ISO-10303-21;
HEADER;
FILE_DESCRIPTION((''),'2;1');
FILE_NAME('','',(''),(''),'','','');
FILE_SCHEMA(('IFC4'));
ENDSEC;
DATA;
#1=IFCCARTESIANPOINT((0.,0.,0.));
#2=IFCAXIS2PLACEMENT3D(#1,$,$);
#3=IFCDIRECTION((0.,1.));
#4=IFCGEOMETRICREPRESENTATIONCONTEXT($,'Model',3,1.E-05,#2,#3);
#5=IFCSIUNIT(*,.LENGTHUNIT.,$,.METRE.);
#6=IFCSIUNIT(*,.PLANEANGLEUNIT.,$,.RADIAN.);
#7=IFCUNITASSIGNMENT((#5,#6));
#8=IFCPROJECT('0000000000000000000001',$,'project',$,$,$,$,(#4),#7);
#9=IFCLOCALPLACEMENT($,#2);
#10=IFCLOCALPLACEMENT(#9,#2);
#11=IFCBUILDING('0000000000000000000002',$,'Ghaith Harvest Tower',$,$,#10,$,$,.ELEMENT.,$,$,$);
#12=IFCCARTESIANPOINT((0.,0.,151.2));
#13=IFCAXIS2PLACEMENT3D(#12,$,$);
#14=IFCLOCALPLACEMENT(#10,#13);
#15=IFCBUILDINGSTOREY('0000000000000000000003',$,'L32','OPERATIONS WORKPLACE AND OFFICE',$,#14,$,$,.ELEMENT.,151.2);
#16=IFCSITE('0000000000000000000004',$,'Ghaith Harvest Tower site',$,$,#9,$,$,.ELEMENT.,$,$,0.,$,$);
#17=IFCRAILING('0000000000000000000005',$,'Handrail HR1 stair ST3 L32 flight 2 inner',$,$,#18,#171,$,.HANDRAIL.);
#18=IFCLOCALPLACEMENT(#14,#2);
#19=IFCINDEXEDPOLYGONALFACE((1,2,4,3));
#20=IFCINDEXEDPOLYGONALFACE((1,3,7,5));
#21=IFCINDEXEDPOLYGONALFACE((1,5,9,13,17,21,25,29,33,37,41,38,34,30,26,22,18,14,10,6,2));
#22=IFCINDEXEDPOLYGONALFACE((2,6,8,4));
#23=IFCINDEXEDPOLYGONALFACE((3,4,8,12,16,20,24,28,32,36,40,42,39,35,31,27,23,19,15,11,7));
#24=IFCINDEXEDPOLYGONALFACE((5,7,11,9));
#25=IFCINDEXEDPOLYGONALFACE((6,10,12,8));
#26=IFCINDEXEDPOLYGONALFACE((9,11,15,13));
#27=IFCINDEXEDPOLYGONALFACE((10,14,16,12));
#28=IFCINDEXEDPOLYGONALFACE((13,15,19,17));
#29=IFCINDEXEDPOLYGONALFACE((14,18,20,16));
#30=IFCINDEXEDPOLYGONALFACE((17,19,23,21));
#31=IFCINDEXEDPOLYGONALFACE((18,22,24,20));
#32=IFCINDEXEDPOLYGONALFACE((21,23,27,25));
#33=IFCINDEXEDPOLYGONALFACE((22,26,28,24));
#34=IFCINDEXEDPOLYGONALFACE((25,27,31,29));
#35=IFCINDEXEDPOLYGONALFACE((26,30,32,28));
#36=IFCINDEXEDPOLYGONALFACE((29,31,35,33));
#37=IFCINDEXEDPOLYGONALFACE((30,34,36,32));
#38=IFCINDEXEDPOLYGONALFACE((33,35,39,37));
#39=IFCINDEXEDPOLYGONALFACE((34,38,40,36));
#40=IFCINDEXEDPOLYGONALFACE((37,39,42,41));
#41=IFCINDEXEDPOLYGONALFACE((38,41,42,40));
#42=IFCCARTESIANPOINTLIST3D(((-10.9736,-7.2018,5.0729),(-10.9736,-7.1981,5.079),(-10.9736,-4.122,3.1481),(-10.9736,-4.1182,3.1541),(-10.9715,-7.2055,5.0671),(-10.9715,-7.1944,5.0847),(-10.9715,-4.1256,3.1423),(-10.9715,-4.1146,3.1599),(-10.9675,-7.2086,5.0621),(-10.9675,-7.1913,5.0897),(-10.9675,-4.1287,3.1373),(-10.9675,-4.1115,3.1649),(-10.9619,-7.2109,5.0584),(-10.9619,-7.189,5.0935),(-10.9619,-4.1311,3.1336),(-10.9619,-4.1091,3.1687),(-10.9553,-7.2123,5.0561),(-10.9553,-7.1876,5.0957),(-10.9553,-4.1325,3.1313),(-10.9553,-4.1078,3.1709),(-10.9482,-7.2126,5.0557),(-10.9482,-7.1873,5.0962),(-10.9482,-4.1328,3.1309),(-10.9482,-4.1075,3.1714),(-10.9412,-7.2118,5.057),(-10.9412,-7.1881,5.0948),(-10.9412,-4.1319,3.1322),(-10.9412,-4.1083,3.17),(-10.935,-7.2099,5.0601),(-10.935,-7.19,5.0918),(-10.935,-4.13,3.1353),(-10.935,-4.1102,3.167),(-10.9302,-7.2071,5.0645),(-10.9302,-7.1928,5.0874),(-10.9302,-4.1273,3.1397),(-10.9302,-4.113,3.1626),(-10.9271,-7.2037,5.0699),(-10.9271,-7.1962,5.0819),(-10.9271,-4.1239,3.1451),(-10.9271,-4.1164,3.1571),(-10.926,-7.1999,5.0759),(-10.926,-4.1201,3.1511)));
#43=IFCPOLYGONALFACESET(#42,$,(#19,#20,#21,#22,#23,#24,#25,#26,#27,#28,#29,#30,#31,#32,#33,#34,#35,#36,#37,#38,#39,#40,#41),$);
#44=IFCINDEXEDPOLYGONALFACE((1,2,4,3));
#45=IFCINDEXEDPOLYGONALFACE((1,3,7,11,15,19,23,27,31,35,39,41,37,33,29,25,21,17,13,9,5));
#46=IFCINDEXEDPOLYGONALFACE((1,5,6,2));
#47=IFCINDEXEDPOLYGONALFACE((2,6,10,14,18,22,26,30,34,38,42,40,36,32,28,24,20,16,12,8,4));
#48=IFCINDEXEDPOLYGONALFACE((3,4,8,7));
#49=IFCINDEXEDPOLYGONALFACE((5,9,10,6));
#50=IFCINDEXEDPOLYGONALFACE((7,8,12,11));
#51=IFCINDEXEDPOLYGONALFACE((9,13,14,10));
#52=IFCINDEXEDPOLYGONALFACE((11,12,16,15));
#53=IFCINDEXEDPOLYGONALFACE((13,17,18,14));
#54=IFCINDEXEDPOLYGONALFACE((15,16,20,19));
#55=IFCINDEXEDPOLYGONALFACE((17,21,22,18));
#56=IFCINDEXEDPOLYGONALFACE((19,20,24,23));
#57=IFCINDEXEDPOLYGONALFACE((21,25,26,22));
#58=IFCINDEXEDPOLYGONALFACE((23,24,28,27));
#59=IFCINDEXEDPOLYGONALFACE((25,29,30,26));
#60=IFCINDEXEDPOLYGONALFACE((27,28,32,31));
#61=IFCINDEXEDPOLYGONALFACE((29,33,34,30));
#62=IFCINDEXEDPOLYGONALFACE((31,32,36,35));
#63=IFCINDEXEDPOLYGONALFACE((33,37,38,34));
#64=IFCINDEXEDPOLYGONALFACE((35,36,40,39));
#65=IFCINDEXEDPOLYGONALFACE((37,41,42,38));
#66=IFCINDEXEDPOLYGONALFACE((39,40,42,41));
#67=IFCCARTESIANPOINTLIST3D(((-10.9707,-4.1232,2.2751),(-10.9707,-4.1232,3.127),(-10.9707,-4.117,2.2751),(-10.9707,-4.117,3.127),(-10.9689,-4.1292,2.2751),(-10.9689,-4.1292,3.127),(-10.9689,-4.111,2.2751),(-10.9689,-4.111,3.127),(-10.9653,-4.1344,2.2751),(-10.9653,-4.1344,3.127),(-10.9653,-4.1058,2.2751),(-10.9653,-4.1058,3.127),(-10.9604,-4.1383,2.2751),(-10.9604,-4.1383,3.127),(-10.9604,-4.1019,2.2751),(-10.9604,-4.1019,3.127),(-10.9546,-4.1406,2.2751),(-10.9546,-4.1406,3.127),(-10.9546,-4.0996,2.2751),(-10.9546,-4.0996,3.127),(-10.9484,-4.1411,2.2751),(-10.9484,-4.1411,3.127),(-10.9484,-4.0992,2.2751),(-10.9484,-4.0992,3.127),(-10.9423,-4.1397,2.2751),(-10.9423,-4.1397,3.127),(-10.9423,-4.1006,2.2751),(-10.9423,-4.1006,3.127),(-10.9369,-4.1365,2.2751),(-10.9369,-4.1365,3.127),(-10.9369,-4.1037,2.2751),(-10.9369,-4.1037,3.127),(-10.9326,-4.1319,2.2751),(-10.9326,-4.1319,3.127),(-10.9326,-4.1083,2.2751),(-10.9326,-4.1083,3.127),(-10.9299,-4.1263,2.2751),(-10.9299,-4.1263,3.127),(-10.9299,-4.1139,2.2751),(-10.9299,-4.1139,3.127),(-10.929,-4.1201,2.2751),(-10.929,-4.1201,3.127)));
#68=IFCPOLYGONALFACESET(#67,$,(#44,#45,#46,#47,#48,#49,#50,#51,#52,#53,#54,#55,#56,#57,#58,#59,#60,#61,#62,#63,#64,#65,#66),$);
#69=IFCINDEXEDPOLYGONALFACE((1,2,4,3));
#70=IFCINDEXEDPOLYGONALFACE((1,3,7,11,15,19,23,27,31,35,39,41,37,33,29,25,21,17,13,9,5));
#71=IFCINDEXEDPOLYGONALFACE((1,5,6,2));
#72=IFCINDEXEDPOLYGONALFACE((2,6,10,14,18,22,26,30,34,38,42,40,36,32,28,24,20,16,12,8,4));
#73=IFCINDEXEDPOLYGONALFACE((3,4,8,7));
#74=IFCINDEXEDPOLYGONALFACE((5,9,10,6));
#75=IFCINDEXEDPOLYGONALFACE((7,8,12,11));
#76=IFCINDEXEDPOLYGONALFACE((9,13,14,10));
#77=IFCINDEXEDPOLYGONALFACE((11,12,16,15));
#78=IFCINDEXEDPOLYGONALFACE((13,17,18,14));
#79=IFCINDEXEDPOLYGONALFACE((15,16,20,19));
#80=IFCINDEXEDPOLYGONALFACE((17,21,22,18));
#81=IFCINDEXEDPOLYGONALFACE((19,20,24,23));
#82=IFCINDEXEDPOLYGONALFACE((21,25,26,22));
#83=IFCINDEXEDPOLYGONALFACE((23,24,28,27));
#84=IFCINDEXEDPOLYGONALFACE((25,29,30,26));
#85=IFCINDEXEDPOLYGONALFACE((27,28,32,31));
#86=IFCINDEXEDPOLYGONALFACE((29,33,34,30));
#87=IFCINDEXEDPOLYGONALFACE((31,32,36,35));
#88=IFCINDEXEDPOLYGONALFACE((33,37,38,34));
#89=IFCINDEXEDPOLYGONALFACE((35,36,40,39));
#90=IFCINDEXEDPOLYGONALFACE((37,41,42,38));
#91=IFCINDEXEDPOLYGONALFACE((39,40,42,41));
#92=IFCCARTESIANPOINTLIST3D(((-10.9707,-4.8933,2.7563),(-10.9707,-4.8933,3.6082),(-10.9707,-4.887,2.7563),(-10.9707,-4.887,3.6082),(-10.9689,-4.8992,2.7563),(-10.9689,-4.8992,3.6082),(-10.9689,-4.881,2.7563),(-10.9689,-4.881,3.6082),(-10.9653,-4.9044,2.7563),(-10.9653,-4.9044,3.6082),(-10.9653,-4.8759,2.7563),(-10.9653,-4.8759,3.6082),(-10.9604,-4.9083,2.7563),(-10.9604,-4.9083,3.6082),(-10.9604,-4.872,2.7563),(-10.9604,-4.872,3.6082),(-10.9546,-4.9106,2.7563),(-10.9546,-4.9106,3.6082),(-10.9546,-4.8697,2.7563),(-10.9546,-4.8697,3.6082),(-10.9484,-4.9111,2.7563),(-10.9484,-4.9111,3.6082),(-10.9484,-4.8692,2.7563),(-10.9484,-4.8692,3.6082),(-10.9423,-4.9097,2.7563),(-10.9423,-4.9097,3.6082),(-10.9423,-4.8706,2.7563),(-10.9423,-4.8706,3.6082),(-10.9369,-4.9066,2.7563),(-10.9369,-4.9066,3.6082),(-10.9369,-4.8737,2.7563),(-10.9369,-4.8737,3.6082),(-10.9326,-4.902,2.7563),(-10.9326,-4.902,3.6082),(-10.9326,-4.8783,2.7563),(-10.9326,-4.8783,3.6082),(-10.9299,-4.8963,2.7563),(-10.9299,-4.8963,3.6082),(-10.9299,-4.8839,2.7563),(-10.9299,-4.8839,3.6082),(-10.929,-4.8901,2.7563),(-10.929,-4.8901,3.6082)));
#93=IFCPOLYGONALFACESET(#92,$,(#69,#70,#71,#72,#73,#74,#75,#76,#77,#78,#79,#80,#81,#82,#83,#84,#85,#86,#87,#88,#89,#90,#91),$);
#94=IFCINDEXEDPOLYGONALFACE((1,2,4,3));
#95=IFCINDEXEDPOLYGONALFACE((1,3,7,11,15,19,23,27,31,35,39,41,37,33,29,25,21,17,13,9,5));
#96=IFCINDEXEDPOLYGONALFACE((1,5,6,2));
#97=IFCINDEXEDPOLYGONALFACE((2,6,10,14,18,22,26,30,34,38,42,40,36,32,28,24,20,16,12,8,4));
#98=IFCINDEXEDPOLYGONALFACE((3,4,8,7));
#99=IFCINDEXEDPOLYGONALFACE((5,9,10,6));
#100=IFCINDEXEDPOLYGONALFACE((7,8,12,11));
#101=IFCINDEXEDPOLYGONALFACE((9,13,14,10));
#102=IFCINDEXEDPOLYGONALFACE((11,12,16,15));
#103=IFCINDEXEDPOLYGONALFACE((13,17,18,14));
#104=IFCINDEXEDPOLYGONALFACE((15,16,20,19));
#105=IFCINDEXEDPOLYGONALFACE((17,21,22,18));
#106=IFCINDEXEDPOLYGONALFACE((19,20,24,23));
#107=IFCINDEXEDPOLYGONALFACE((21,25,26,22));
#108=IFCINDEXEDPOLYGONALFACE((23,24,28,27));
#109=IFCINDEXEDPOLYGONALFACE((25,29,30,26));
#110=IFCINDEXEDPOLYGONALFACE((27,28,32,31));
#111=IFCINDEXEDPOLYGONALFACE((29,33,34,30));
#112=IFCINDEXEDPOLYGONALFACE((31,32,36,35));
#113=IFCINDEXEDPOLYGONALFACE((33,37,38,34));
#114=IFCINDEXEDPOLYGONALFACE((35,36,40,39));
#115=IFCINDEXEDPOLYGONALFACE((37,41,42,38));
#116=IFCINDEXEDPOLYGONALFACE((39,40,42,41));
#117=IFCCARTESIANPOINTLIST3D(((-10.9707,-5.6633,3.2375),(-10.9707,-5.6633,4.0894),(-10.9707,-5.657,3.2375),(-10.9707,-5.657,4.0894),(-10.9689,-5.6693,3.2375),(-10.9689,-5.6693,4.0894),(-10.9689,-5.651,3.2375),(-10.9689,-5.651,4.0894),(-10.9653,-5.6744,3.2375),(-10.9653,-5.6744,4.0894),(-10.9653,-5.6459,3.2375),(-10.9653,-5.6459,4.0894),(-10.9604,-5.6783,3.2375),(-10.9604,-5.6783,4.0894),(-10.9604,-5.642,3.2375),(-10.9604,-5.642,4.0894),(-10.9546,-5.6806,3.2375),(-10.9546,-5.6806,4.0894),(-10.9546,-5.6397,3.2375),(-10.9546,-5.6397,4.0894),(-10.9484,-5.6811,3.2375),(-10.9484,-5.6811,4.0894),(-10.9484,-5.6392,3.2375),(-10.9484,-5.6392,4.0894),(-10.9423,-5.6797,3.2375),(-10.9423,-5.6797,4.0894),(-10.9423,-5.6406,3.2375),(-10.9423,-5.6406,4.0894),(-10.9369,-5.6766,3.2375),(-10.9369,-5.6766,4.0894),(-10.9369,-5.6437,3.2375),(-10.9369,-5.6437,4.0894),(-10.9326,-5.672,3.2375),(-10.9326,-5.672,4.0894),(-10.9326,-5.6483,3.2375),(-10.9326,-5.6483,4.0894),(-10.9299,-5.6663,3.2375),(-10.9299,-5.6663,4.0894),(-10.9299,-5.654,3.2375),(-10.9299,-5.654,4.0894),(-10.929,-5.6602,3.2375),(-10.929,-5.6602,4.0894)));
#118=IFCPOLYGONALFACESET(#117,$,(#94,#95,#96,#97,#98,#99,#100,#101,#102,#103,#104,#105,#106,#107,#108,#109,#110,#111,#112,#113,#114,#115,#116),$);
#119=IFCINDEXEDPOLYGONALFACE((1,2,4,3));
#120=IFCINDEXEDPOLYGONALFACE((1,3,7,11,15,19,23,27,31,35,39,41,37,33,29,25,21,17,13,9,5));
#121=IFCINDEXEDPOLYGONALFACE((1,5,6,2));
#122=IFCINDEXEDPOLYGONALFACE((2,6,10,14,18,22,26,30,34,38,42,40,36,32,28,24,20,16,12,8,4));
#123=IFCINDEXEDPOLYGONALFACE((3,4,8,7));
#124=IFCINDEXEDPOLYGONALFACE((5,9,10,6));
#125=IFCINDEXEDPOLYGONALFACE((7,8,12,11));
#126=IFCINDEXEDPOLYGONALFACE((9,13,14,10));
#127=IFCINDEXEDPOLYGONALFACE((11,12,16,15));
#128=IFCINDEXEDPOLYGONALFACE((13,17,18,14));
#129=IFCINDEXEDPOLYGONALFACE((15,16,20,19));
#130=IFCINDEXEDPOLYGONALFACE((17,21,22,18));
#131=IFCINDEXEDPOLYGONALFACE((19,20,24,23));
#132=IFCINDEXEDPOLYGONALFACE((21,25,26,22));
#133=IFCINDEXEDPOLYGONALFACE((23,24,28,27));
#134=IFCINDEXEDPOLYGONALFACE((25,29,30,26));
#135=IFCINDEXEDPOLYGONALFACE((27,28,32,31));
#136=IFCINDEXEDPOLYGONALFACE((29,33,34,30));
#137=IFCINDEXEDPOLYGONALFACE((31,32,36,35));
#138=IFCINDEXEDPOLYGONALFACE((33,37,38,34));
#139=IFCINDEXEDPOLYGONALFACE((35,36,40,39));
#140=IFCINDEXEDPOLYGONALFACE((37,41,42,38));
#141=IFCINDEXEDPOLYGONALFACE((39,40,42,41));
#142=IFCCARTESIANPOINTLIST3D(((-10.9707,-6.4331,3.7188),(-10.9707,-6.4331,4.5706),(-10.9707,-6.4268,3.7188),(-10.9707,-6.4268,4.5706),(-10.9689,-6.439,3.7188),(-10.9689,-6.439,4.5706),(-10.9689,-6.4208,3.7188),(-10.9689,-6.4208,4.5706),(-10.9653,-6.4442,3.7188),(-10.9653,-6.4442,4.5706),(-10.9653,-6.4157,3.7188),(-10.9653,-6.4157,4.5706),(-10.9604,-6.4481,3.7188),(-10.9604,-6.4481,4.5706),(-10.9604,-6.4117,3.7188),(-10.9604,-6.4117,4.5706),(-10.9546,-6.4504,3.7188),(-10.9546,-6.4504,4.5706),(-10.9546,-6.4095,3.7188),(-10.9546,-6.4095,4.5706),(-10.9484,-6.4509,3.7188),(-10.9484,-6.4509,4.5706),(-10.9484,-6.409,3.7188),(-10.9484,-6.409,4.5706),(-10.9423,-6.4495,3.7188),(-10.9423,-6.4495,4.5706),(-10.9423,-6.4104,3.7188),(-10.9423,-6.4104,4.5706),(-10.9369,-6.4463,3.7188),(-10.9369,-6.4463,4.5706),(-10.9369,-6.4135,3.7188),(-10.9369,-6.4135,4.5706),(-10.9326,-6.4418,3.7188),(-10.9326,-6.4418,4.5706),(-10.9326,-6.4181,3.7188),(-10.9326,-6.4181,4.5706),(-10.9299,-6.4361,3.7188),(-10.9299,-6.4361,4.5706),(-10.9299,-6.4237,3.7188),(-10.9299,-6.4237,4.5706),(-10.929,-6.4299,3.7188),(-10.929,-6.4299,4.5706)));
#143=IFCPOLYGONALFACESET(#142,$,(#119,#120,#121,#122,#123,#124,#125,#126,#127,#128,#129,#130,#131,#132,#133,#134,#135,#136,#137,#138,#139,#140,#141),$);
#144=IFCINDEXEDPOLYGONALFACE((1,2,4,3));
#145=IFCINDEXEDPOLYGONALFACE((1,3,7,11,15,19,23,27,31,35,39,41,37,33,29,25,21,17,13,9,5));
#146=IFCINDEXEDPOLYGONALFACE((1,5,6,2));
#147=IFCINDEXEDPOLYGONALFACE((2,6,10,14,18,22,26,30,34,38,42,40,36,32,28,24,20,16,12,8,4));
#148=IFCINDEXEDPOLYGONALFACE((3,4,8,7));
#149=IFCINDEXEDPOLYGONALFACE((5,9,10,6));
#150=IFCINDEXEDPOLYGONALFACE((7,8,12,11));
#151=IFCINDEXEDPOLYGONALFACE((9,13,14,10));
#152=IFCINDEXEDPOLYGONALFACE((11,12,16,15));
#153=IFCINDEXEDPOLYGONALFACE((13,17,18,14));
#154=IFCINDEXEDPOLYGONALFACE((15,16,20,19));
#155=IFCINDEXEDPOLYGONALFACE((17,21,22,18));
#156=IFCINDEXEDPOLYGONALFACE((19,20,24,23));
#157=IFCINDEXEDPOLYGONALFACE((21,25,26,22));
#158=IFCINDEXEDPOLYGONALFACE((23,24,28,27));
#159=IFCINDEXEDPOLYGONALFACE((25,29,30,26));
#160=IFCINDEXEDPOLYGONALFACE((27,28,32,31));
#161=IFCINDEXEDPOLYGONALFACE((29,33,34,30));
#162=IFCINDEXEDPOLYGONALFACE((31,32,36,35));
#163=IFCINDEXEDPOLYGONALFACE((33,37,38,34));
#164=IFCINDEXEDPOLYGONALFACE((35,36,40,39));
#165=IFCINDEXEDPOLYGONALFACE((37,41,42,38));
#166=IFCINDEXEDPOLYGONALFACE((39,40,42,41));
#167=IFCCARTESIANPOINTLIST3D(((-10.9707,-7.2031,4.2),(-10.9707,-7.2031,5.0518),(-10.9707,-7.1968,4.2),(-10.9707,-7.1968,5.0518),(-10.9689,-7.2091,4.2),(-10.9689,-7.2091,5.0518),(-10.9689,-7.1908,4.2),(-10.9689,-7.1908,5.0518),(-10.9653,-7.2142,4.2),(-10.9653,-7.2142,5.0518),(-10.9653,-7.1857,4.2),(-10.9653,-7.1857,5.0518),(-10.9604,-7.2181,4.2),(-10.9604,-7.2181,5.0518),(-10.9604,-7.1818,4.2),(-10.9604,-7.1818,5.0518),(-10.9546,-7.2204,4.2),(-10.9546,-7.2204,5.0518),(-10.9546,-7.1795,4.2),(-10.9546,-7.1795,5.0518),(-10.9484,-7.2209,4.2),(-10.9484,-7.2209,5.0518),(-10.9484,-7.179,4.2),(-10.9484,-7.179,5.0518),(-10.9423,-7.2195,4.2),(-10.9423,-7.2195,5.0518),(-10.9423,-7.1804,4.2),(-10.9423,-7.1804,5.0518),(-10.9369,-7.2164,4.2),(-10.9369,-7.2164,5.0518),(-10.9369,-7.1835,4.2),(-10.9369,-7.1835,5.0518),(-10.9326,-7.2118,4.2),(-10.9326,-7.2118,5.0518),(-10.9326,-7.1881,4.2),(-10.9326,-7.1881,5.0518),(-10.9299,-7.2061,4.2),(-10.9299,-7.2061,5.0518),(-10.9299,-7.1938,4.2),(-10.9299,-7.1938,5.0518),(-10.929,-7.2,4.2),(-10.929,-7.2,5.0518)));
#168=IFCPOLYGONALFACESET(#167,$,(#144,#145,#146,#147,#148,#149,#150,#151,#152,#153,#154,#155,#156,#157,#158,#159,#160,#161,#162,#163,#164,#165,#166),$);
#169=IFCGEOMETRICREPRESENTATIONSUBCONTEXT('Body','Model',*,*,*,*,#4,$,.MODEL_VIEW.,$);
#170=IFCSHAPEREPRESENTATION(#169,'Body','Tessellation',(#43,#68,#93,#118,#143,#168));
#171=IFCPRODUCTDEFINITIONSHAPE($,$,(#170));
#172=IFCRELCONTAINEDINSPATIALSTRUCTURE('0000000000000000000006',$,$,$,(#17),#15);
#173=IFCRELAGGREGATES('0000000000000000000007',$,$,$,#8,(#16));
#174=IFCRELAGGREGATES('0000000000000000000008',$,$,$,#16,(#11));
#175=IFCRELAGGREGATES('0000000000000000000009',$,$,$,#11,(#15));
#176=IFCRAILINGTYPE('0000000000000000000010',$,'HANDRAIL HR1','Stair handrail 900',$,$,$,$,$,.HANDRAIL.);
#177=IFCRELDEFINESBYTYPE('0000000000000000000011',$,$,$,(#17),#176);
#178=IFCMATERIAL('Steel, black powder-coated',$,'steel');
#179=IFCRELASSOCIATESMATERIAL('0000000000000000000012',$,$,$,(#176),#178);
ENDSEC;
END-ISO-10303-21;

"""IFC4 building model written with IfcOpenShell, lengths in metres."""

from ifc_helpers import new_model, si_unit, direction, frame, origin, origin_2d, place, context, subcontext, project, spatial, circle, extrude, material, type_object, element, save


model = new_model("IFC4")

# Units and contexts
model_context = context("Model", 3, precision=1e-05, world=origin(), true_north=direction((0.0, 1.0)))
body_context = subcontext(model_context, "Body", "Model", "MODEL_VIEW")
ifc_project = project(units=[si_unit("LENGTHUNIT", "METRE"), si_unit("PLANEANGLEUNIT", "RADIAN")], contexts=[model_context])

# Site, building, storey
site_placement = place(None, origin())
site = spatial("IfcSite", under=ifc_project, at=site_placement, Name="Ghaith Harvest Tower site", CompositionType="ELEMENT", RefElevation=0.0)
building_placement = place(site_placement, origin())
building = spatial("IfcBuilding", under=site, at=building_placement, Name="Ghaith Harvest Tower", CompositionType="ELEMENT")
storey_placement = place(building_placement, frame((0.0, 0.0, 151.2)))
storey = spatial("IfcBuildingStorey", under=building, at=storey_placement, Name="L32", Description="OPERATIONS WORKPLACE AND OFFICE", CompositionType="ELEMENT", Elevation=151.2)

# Railing
ifc_material_1 = material(Name="Steel, black powder-coated", Category="steel")
railing_type = type_object("IfcRailingType", Name="HANDRAIL HR1", Description="Stair handrail 900", PredefinedType="HANDRAIL", material=ifc_material_1)
railing_1_placement = place(storey_placement, frame((-10.95, -4.1201, 2.2751)))
element("IfcRailing", 1, at=railing_1_placement, inside=storey, type_object=railing_type, Name="Handrail HR1 stair ST3 L32 flight 2 inner", PredefinedType="HANDRAIL", context=body_context, shape_type="SweptSolid", body=[
    extrude(circle(Radius=0.0239, at=origin_2d()), frame((0.0, 0.0, 0.876), z_axis=(0.0, -0.84801, 0.529981), x_axis=(1.0, 0.0, 0.0)), (0.0, 0.0, 1.0), 3.6318),
    extrude(circle(Radius=0.021, at=origin_2d()), origin(), (0.0, 0.0, 1.0), 0.8518),
    extrude(circle(Radius=0.021, at=origin_2d()), frame((0.0, -0.77, 0.4812)), (0.0, 0.0, 1.0), 0.8518),
    extrude(circle(Radius=0.021, at=origin_2d()), frame((0.0, -1.54, 0.9624)), (0.0, 0.0, 1.0), 0.8518),
    extrude(circle(Radius=0.021, at=origin_2d()), frame((0.0, -2.3098, 1.4436)), (0.0, 0.0, 1.0), 0.8518),
    extrude(circle(Radius=0.021, at=origin_2d()), frame((0.0, -3.0798, 1.9248)), (0.0, 0.0, 1.0), 0.8518),
])

save(model, "model.ifc")
